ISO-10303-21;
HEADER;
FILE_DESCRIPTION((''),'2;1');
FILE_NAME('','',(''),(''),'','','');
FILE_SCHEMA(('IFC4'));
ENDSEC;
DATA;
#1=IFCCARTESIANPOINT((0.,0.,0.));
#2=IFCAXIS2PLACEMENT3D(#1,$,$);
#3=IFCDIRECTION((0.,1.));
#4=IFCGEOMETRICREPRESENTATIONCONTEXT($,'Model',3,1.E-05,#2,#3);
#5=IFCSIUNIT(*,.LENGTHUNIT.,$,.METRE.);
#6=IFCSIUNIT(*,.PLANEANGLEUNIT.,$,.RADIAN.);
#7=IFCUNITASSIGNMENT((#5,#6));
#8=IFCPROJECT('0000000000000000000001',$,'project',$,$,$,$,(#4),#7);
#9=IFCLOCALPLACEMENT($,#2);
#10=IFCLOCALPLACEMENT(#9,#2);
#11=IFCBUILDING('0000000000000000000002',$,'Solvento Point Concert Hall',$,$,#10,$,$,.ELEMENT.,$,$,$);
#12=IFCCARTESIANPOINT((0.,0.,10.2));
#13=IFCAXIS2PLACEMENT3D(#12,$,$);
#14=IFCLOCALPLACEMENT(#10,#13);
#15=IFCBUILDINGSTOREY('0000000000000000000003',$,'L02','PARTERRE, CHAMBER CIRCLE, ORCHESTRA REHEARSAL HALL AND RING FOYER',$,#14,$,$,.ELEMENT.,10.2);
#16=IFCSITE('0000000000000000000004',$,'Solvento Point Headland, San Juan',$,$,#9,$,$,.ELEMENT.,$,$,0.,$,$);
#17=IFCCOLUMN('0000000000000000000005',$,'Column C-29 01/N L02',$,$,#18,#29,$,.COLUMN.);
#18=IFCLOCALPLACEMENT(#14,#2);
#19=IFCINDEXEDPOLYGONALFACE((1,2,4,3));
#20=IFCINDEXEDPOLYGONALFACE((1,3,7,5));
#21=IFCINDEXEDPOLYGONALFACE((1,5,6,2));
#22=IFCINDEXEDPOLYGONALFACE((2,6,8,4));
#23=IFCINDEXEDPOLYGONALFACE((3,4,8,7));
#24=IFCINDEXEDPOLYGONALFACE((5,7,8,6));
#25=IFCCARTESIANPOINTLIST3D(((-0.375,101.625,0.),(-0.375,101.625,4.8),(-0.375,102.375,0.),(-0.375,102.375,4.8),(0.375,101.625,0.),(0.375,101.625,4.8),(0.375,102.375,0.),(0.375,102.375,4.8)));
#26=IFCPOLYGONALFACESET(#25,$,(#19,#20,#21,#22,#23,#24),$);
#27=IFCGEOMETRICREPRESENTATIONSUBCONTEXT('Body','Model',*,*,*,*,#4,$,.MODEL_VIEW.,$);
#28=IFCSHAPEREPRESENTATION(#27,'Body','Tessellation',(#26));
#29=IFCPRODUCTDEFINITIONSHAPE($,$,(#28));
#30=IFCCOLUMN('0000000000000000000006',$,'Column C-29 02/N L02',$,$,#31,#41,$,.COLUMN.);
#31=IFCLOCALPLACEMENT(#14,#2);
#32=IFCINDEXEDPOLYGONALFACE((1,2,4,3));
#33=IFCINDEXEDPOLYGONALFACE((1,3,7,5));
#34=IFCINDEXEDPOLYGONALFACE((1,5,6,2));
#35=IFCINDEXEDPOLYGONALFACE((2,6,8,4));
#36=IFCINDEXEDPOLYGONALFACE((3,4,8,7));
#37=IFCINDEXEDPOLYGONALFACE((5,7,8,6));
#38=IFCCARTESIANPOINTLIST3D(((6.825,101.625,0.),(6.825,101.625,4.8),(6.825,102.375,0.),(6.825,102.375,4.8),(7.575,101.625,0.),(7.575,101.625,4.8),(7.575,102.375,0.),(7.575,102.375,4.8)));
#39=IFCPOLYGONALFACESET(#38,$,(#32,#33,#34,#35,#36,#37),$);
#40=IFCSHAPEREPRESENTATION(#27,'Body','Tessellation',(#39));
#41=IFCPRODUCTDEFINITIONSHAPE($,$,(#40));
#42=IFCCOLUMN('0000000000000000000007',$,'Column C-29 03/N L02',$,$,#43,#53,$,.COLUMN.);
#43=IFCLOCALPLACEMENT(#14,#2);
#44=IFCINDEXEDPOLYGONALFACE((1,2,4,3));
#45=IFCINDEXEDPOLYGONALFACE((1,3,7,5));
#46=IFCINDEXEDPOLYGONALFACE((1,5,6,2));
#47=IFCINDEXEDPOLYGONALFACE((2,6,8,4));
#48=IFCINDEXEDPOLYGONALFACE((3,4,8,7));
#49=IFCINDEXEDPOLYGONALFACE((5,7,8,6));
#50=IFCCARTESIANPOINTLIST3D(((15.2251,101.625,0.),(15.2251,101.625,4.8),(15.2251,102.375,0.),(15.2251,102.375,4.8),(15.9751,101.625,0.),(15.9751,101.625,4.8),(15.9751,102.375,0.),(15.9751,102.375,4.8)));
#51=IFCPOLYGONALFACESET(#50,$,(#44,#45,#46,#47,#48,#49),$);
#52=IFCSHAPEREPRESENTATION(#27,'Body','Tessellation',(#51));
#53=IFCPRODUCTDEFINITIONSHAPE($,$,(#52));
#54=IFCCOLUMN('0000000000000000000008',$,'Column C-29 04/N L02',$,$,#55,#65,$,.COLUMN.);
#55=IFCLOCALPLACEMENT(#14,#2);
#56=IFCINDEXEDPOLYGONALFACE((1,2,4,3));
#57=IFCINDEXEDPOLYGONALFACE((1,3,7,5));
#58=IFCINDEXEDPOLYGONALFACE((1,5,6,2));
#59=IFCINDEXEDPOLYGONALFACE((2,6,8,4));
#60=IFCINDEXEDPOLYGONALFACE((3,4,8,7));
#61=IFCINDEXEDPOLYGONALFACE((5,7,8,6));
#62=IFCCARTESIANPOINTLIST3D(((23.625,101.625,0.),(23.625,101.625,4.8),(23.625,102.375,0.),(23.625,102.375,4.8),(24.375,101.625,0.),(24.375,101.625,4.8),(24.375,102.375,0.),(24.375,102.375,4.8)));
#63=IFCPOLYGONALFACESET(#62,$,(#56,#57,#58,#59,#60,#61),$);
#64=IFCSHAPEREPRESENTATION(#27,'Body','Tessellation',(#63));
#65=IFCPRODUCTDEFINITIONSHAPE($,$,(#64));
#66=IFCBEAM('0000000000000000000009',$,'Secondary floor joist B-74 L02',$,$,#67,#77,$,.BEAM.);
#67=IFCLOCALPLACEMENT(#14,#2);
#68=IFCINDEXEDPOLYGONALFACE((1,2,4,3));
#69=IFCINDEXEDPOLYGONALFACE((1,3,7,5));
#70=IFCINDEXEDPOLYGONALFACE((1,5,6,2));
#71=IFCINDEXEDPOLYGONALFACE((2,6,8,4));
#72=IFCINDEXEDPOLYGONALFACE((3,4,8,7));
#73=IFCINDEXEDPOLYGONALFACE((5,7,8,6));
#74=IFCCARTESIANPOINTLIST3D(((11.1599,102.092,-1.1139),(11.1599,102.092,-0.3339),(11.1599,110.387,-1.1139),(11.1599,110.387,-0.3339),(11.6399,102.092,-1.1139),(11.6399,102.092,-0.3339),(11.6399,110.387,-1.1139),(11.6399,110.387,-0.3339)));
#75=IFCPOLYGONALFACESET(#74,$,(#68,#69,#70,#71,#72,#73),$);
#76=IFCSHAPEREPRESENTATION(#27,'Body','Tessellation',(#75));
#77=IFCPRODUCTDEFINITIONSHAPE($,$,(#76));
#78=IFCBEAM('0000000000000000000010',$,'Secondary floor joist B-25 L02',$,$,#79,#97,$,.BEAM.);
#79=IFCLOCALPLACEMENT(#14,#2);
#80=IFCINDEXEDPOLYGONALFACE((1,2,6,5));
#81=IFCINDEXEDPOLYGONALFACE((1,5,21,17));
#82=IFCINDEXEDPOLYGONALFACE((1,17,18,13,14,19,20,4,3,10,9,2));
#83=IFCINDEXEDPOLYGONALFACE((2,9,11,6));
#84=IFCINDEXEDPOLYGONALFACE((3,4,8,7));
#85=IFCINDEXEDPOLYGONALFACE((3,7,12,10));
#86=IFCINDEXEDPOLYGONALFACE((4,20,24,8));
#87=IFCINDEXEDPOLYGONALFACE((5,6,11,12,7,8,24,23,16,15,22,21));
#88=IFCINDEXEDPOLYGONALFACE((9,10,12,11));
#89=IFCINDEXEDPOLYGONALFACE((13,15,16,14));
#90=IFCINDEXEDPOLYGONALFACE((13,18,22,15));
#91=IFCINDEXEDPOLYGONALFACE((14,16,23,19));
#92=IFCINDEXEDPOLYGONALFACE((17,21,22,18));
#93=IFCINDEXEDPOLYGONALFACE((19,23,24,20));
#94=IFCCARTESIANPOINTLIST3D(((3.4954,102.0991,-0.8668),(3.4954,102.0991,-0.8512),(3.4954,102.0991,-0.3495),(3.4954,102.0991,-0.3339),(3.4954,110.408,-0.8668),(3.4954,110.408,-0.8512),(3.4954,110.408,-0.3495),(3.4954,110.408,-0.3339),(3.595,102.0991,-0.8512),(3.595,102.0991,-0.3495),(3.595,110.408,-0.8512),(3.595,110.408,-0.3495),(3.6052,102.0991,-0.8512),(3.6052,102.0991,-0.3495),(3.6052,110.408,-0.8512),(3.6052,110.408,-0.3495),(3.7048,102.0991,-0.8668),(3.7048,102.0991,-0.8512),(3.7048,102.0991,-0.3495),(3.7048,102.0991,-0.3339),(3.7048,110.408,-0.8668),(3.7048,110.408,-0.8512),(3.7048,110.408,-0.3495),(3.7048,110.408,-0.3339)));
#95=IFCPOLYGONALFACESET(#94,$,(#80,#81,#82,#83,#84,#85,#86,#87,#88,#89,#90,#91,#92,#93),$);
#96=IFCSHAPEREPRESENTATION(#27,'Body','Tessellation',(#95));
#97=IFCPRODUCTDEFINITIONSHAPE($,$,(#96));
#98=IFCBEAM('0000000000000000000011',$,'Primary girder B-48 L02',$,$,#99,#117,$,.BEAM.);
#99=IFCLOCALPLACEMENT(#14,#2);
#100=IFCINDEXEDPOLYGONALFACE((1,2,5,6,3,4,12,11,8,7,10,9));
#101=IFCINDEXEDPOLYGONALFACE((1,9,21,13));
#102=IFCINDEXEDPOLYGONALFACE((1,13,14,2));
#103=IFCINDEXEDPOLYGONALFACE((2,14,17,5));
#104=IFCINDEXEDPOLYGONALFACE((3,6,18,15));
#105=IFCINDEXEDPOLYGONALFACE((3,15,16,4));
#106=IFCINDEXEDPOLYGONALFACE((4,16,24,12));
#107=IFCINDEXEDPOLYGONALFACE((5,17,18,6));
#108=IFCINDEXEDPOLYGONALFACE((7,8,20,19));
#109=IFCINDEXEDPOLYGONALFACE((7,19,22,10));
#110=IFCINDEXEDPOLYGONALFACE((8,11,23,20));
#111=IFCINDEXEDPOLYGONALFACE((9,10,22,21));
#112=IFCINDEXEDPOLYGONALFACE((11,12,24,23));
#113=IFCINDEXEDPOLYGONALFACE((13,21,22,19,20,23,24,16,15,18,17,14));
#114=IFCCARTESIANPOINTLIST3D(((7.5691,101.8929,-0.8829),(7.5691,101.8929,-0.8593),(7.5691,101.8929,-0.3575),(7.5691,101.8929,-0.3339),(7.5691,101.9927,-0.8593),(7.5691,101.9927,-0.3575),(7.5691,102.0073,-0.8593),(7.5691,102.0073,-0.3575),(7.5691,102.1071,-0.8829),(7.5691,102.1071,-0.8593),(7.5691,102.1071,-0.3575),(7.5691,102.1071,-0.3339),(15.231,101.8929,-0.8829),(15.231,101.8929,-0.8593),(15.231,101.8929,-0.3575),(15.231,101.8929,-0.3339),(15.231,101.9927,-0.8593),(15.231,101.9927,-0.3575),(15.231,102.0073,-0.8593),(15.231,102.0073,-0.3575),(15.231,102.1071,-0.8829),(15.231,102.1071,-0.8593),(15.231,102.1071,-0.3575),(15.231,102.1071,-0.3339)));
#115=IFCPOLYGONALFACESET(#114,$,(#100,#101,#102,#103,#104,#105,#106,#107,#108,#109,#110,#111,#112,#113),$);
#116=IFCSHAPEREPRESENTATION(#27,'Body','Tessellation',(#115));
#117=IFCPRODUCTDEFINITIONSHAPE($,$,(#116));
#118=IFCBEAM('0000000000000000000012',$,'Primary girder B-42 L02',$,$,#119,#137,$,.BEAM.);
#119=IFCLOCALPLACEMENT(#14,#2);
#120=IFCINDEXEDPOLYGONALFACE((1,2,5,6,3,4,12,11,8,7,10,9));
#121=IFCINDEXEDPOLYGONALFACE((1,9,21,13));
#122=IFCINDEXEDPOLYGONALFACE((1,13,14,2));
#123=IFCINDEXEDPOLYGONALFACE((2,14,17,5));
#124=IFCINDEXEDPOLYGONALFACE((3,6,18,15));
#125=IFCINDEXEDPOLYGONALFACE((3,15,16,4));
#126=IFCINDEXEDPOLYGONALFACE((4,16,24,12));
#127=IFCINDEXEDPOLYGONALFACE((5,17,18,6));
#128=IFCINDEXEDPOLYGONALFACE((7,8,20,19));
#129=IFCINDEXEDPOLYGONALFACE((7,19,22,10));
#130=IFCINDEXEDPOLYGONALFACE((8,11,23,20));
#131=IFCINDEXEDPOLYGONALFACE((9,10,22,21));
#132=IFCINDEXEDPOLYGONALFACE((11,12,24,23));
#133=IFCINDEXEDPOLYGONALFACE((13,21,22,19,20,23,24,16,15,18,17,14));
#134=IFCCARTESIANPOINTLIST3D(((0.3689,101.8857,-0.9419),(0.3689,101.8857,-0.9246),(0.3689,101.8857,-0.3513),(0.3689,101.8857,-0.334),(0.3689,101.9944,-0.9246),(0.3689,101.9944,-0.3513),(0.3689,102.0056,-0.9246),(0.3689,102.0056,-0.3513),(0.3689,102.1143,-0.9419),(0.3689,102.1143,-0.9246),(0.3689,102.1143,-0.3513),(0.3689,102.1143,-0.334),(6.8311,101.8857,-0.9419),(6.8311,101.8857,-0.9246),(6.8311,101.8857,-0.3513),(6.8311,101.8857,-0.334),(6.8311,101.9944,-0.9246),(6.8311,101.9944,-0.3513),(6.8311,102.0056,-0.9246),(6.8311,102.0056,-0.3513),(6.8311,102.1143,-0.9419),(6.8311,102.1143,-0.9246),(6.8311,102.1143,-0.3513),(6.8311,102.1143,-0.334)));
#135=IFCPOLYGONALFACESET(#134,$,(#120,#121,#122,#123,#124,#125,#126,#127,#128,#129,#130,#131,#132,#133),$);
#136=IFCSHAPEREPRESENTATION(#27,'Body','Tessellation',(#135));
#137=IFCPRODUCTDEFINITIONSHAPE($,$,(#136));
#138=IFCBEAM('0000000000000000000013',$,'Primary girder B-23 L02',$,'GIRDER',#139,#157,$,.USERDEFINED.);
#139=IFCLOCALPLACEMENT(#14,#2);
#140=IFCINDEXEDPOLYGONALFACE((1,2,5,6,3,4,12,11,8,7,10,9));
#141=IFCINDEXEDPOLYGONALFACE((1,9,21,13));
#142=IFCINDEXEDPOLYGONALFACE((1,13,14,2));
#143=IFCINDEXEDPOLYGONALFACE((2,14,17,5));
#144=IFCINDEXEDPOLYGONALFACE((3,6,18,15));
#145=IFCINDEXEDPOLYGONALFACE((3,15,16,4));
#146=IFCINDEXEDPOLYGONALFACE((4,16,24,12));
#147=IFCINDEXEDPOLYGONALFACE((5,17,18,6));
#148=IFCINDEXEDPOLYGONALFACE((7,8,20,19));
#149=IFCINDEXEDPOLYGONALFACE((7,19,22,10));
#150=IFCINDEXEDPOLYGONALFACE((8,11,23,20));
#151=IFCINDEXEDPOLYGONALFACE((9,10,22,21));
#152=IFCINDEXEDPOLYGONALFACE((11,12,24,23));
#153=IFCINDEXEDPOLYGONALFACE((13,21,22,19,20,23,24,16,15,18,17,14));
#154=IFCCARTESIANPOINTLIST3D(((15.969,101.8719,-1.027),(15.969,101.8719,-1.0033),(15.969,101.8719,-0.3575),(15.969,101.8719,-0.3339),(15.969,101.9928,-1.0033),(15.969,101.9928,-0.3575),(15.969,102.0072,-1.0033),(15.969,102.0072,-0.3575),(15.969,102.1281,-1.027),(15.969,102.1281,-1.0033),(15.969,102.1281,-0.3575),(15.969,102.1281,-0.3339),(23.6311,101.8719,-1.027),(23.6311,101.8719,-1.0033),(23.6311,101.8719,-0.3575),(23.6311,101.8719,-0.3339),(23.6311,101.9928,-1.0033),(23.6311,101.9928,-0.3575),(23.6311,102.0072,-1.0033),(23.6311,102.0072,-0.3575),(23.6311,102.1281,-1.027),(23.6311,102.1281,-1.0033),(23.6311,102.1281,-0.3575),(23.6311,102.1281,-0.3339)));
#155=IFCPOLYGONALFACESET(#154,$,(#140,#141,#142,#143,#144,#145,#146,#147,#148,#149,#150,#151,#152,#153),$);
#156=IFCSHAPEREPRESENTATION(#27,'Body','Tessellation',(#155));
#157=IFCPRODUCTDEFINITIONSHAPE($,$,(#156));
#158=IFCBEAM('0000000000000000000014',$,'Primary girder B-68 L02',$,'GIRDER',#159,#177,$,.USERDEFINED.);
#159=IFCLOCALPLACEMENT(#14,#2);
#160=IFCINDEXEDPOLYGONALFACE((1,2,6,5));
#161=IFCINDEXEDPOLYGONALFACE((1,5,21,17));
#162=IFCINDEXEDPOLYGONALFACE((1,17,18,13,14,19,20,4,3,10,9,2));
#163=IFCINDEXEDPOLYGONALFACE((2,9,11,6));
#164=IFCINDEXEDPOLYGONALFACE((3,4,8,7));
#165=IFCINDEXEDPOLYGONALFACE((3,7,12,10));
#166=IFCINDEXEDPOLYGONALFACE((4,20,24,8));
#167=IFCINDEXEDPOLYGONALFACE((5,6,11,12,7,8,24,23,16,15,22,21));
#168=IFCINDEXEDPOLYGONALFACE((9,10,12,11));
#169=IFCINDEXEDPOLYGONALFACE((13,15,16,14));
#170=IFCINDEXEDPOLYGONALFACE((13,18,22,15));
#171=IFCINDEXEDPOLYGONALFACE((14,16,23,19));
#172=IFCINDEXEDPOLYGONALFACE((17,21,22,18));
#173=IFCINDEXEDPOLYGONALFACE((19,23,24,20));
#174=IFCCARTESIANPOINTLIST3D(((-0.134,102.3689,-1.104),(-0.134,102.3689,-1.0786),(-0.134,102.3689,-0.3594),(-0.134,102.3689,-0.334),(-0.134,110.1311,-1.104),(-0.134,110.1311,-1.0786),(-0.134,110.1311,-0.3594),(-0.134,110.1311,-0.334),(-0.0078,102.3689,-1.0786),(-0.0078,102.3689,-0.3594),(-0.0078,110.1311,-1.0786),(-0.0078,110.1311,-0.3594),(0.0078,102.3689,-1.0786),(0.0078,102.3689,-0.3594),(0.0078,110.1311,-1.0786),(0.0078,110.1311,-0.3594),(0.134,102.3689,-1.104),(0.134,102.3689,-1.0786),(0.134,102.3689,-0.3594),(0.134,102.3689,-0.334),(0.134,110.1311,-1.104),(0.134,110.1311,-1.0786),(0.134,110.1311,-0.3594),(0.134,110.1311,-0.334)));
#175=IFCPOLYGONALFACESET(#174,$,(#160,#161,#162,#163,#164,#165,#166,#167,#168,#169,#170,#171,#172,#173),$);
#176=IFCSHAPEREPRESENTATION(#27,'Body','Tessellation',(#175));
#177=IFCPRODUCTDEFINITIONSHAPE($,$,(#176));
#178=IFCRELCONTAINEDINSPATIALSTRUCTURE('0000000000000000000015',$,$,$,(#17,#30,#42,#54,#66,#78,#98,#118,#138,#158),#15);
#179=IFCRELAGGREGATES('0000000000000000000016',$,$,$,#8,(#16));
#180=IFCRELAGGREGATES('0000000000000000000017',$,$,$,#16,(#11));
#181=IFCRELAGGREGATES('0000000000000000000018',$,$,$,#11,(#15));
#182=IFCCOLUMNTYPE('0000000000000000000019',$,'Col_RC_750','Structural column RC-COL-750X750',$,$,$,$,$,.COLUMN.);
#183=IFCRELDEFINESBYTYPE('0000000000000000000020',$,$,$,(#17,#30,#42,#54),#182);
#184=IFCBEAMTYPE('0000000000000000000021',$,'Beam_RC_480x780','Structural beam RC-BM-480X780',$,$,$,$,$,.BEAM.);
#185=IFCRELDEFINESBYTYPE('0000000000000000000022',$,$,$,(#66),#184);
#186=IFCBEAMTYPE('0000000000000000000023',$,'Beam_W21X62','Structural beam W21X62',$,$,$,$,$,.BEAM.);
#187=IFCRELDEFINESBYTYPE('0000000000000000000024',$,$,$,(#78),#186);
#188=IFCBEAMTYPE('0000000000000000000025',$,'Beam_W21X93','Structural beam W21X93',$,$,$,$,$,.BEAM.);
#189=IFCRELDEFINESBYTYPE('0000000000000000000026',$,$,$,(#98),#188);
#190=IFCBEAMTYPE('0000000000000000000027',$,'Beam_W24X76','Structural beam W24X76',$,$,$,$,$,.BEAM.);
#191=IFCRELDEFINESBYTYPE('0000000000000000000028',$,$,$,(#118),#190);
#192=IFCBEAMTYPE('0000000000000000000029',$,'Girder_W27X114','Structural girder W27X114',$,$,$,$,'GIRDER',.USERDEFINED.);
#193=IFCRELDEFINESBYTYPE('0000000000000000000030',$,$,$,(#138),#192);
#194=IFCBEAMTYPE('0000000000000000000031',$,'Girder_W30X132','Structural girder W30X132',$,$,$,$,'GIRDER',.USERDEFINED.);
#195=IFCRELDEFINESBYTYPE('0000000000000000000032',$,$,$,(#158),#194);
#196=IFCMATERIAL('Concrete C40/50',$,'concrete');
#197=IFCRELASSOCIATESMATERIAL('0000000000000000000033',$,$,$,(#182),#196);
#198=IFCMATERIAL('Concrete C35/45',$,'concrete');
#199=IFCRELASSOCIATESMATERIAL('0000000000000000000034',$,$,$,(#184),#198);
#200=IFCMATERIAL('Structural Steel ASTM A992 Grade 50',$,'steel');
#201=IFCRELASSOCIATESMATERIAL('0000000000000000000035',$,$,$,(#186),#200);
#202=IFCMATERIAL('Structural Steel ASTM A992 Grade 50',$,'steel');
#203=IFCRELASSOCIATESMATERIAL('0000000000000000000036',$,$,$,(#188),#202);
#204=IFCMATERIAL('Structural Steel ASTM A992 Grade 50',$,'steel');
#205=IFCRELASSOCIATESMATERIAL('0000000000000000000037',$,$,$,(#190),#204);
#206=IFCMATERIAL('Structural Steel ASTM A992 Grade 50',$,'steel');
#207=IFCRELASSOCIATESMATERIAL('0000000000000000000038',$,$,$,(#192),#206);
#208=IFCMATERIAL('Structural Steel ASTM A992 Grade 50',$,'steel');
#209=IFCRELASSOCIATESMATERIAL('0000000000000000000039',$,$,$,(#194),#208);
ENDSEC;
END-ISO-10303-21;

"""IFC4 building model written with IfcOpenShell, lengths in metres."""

from ifc_helpers import new_model, si_unit, direction, frame, origin, origin_2d, place, context, subcontext, project, spatial, rectangle, i_section, extrude, material, material_profile, profile_set, type_object, element, save


model = new_model("IFC4")

# Units and contexts
model_context = context("Model", 3, precision=1e-05, world=origin(), true_north=direction((0.0, 1.0)))
body_context = subcontext(model_context, "Body", "Model", "MODEL_VIEW")
ifc_project = project(units=[si_unit("LENGTHUNIT", "METRE"), si_unit("PLANEANGLEUNIT", "RADIAN")], contexts=[model_context])

# Site, building, storey
site_placement = place(None, origin())
site = spatial("IfcSite", under=ifc_project, at=site_placement, Name="Solvento Point Headland, San Juan", CompositionType="ELEMENT", RefElevation=0.0)
building_placement = place(site_placement, origin())
building = spatial("IfcBuilding", under=site, at=building_placement, Name="Solvento Point Concert Hall", CompositionType="ELEMENT")
storey_placement = place(building_placement, frame((0.0, 0.0, 10.2)))
storey = spatial("IfcBuildingStorey", under=building, at=storey_placement, Name="L02", Description="PARTERRE, CHAMBER CIRCLE, ORCHESTRA REHEARSAL HALL AND RING FOYER", CompositionType="ELEMENT", Elevation=10.2)

# Columns
ifc_material_1 = material(Name="Concrete C40/50", Category="concrete")
ifc_material_profile_1 = material_profile(ifc_material_1, rectangle(XDim=0.75, YDim=0.75, at=origin_2d()), Name="RC-COL-750X750")
ifc_profile_set_1 = profile_set([ifc_material_profile_1], Name="Concrete C40/50")
column_type = type_object("IfcColumnType", Name="Col_RC_750", Description="Structural column RC-COL-750X750", PredefinedType="COLUMN", material=ifc_profile_set_1)
for number, where, z_axis, x_axis, name in (
    (1, (0.0, 102.0, 0.0), (0.0, 0.0, 1.0), (1.0, 0.0, 0.0), "Column C-29 01/N L02"),
    (2, (7.2, 102.0, 0.0), (0.0, 0.0, 1.0), (1.0, 0.0, 0.0), "Column C-29 02/N L02"),
    (3, (15.6001, 102.0, 0.0), (0.0, 0.0, 1.0), (1.0, 0.0, 0.0), "Column C-29 03/N L02"),
    (4, (24.0, 102.0, 0.0), (0.0, 0.0, 1.0), (1.0, 0.0, 0.0), "Column C-29 04/N L02"),
):
    element("IfcColumn", number, at=place(storey_placement, frame(where, z_axis=z_axis, x_axis=x_axis)), inside=storey, type_object=column_type, Name=name, PredefinedType="COLUMN", context=body_context, shape_type="SweptSolid", body=[
        extrude(rectangle(XDim=0.75, YDim=0.75, at=origin_2d()), origin(), (0.0, 0.0, 1.0), 4.8),
    ])

# Beams
ifc_material_2 = material(Name="Concrete C35/45", Category="concrete")
ifc_material_profile_2 = material_profile(ifc_material_2, rectangle(XDim=0.48, YDim=0.78, at=origin_2d()), Name="RC-BM-480X780")
ifc_profile_set_2 = profile_set([ifc_material_profile_2], Name="Concrete C35/45")
beam_type_1 = type_object("IfcBeamType", Name="Beam_RC_480x780", Description="Structural beam RC-BM-480X780", PredefinedType="BEAM", material=ifc_profile_set_2)
beam_1_placement = place(storey_placement, frame((11.3999, 102.092, -0.7239), z_axis=(0.0, 1.0, 0.0), x_axis=(-1.0, 0.0, 0.0)))
element("IfcBeam", 5, at=beam_1_placement, inside=storey, type_object=beam_type_1, Name="Secondary floor joist B-74 L02", PredefinedType="BEAM", context=body_context, shape_type="SweptSolid", body=[
    extrude(rectangle(XDim=0.48, YDim=0.78, at=origin_2d()), origin(), (0.0, 0.0, 1.0), 8.2949),
])
ifc_material_3 = material(Name="Structural Steel ASTM A992 Grade 50", Category="steel")
ifc_material_profile_3 = material_profile(ifc_material_3, i_section(OverallWidth=0.2095, OverallDepth=0.533, WebThickness=0.0103, FlangeThickness=0.0156, at=origin_2d()), Name="W21X62")
ifc_profile_set_3 = profile_set([ifc_material_profile_3], Name="Structural Steel ASTM A992 Grade 50")
beam_type_2 = type_object("IfcBeamType", Name="Beam_W21X62", Description="Structural beam W21X62", PredefinedType="BEAM", material=ifc_profile_set_3)
beam_2_placement = place(storey_placement, frame((3.6001, 102.0991, -0.6003), z_axis=(0.0, 1.0, 0.0), x_axis=(-1.0, 0.0, 0.0)))
element("IfcBeam", 6, at=beam_2_placement, inside=storey, type_object=beam_type_2, Name="Secondary floor joist B-25 L02", PredefinedType="BEAM", context=body_context, shape_type="SweptSolid", body=[
    extrude(i_section(OverallWidth=0.2095, OverallDepth=0.533, WebThickness=0.0103, FlangeThickness=0.0156, at=origin_2d()), origin(), (0.0, 0.0, 1.0), 8.3088),
])
ifc_material_4 = material(Name="Structural Steel ASTM A992 Grade 50", Category="steel")
ifc_material_profile_4 = material_profile(ifc_material_4, i_section(OverallWidth=0.2141, OverallDepth=0.5491, WebThickness=0.0146, FlangeThickness=0.0237, at=origin_2d()), Name="W21X93")
ifc_profile_set_4 = profile_set([ifc_material_profile_4], Name="Structural Steel ASTM A992 Grade 50")
beam_type_3 = type_object("IfcBeamType", Name="Beam_W21X93", Description="Structural beam W21X93", PredefinedType="BEAM", material=ifc_profile_set_4)
beam_3_placement = place(storey_placement, frame((7.5691, 102.0, -0.6084), z_axis=(1.0, 0.0, 0.0), x_axis=(0.0, 1.0, 0.0)))
element("IfcBeam", 7, at=beam_3_placement, inside=storey, type_object=beam_type_3, Name="Primary girder B-48 L02", PredefinedType="BEAM", context=body_context, shape_type="SweptSolid", body=[
    extrude(i_section(OverallWidth=0.2141, OverallDepth=0.5491, WebThickness=0.0146, FlangeThickness=0.0237, at=origin_2d()), origin(), (0.0, 0.0, 1.0), 7.6619),
])
ifc_material_5 = material(Name="Structural Steel ASTM A992 Grade 50", Category="steel")
ifc_material_profile_5 = material_profile(ifc_material_5, i_section(OverallWidth=0.2285, OverallDepth=0.6079, WebThickness=0.0112, FlangeThickness=0.0173, at=origin_2d()), Name="W24X76")
ifc_profile_set_5 = profile_set([ifc_material_profile_5], Name="Structural Steel ASTM A992 Grade 50")
beam_type_4 = type_object("IfcBeamType", Name="Beam_W24X76", Description="Structural beam W24X76", PredefinedType="BEAM", material=ifc_profile_set_5)
beam_4_placement = place(storey_placement, frame((0.3689, 102.0, -0.6379), z_axis=(1.0, 0.0, 0.0), x_axis=(0.0, 1.0, 0.0)))
element("IfcBeam", 8, at=beam_4_placement, inside=storey, type_object=beam_type_4, Name="Primary girder B-42 L02", PredefinedType="BEAM", context=body_context, shape_type="SweptSolid", body=[
    extrude(i_section(OverallWidth=0.2285, OverallDepth=0.6079, WebThickness=0.0112, FlangeThickness=0.0173, at=origin_2d()), origin(), (0.0, 0.0, 1.0), 6.4622),
])
ifc_material_6 = material(Name="Structural Steel ASTM A992 Grade 50", Category="steel")
ifc_material_profile_6 = material_profile(ifc_material_6, i_section(OverallWidth=0.2561, OverallDepth=0.6931, WebThickness=0.0144, FlangeThickness=0.0237, at=origin_2d()), Name="W27X114")
ifc_profile_set_6 = profile_set([ifc_material_profile_6], Name="Structural Steel ASTM A992 Grade 50")
beam_type_5 = type_object("IfcBeamType", Name="Girder_W27X114", Description="Structural girder W27X114", ElementType="GIRDER", PredefinedType="USERDEFINED", material=ifc_profile_set_6)
beam_5_placement = place(storey_placement, frame((15.969, 102.0, -0.6804), z_axis=(1.0, 0.0, 0.0), x_axis=(0.0, 1.0, 0.0)))
element("IfcBeam", 9, at=beam_5_placement, inside=storey, type_object=beam_type_5, Name="Primary girder B-23 L02", ObjectType="GIRDER", PredefinedType="USERDEFINED", context=body_context, shape_type="SweptSolid", body=[
    extrude(i_section(OverallWidth=0.2561, OverallDepth=0.6931, WebThickness=0.0144, FlangeThickness=0.0237, at=origin_2d()), origin(), (0.0, 0.0, 1.0), 7.6621),
])
ifc_material_7 = material(Name="Structural Steel ASTM A992 Grade 50", Category="steel")
ifc_material_profile_7 = material_profile(ifc_material_7, i_section(OverallWidth=0.2681, OverallDepth=0.77, WebThickness=0.0156, FlangeThickness=0.0254, at=origin_2d()), Name="W30X132")
ifc_profile_set_7 = profile_set([ifc_material_profile_7], Name="Structural Steel ASTM A992 Grade 50")
beam_type_6 = type_object("IfcBeamType", Name="Girder_W30X132", Description="Structural girder W30X132", ElementType="GIRDER", PredefinedType="USERDEFINED", material=ifc_profile_set_7)
beam_6_placement = place(storey_placement, frame((0.0, 102.3689, -0.719), z_axis=(0.0, 1.0, 0.0), x_axis=(-1.0, 0.0, 0.0)))
element("IfcBeam", 10, at=beam_6_placement, inside=storey, type_object=beam_type_6, Name="Primary girder B-68 L02", ObjectType="GIRDER", PredefinedType="USERDEFINED", context=body_context, shape_type="SweptSolid", body=[
    extrude(i_section(OverallWidth=0.2681, OverallDepth=0.77, WebThickness=0.0156, FlangeThickness=0.0254, at=origin_2d()), origin(), (0.0, 0.0, 1.0), 7.7622),
])

save(model, "model.ifc")
